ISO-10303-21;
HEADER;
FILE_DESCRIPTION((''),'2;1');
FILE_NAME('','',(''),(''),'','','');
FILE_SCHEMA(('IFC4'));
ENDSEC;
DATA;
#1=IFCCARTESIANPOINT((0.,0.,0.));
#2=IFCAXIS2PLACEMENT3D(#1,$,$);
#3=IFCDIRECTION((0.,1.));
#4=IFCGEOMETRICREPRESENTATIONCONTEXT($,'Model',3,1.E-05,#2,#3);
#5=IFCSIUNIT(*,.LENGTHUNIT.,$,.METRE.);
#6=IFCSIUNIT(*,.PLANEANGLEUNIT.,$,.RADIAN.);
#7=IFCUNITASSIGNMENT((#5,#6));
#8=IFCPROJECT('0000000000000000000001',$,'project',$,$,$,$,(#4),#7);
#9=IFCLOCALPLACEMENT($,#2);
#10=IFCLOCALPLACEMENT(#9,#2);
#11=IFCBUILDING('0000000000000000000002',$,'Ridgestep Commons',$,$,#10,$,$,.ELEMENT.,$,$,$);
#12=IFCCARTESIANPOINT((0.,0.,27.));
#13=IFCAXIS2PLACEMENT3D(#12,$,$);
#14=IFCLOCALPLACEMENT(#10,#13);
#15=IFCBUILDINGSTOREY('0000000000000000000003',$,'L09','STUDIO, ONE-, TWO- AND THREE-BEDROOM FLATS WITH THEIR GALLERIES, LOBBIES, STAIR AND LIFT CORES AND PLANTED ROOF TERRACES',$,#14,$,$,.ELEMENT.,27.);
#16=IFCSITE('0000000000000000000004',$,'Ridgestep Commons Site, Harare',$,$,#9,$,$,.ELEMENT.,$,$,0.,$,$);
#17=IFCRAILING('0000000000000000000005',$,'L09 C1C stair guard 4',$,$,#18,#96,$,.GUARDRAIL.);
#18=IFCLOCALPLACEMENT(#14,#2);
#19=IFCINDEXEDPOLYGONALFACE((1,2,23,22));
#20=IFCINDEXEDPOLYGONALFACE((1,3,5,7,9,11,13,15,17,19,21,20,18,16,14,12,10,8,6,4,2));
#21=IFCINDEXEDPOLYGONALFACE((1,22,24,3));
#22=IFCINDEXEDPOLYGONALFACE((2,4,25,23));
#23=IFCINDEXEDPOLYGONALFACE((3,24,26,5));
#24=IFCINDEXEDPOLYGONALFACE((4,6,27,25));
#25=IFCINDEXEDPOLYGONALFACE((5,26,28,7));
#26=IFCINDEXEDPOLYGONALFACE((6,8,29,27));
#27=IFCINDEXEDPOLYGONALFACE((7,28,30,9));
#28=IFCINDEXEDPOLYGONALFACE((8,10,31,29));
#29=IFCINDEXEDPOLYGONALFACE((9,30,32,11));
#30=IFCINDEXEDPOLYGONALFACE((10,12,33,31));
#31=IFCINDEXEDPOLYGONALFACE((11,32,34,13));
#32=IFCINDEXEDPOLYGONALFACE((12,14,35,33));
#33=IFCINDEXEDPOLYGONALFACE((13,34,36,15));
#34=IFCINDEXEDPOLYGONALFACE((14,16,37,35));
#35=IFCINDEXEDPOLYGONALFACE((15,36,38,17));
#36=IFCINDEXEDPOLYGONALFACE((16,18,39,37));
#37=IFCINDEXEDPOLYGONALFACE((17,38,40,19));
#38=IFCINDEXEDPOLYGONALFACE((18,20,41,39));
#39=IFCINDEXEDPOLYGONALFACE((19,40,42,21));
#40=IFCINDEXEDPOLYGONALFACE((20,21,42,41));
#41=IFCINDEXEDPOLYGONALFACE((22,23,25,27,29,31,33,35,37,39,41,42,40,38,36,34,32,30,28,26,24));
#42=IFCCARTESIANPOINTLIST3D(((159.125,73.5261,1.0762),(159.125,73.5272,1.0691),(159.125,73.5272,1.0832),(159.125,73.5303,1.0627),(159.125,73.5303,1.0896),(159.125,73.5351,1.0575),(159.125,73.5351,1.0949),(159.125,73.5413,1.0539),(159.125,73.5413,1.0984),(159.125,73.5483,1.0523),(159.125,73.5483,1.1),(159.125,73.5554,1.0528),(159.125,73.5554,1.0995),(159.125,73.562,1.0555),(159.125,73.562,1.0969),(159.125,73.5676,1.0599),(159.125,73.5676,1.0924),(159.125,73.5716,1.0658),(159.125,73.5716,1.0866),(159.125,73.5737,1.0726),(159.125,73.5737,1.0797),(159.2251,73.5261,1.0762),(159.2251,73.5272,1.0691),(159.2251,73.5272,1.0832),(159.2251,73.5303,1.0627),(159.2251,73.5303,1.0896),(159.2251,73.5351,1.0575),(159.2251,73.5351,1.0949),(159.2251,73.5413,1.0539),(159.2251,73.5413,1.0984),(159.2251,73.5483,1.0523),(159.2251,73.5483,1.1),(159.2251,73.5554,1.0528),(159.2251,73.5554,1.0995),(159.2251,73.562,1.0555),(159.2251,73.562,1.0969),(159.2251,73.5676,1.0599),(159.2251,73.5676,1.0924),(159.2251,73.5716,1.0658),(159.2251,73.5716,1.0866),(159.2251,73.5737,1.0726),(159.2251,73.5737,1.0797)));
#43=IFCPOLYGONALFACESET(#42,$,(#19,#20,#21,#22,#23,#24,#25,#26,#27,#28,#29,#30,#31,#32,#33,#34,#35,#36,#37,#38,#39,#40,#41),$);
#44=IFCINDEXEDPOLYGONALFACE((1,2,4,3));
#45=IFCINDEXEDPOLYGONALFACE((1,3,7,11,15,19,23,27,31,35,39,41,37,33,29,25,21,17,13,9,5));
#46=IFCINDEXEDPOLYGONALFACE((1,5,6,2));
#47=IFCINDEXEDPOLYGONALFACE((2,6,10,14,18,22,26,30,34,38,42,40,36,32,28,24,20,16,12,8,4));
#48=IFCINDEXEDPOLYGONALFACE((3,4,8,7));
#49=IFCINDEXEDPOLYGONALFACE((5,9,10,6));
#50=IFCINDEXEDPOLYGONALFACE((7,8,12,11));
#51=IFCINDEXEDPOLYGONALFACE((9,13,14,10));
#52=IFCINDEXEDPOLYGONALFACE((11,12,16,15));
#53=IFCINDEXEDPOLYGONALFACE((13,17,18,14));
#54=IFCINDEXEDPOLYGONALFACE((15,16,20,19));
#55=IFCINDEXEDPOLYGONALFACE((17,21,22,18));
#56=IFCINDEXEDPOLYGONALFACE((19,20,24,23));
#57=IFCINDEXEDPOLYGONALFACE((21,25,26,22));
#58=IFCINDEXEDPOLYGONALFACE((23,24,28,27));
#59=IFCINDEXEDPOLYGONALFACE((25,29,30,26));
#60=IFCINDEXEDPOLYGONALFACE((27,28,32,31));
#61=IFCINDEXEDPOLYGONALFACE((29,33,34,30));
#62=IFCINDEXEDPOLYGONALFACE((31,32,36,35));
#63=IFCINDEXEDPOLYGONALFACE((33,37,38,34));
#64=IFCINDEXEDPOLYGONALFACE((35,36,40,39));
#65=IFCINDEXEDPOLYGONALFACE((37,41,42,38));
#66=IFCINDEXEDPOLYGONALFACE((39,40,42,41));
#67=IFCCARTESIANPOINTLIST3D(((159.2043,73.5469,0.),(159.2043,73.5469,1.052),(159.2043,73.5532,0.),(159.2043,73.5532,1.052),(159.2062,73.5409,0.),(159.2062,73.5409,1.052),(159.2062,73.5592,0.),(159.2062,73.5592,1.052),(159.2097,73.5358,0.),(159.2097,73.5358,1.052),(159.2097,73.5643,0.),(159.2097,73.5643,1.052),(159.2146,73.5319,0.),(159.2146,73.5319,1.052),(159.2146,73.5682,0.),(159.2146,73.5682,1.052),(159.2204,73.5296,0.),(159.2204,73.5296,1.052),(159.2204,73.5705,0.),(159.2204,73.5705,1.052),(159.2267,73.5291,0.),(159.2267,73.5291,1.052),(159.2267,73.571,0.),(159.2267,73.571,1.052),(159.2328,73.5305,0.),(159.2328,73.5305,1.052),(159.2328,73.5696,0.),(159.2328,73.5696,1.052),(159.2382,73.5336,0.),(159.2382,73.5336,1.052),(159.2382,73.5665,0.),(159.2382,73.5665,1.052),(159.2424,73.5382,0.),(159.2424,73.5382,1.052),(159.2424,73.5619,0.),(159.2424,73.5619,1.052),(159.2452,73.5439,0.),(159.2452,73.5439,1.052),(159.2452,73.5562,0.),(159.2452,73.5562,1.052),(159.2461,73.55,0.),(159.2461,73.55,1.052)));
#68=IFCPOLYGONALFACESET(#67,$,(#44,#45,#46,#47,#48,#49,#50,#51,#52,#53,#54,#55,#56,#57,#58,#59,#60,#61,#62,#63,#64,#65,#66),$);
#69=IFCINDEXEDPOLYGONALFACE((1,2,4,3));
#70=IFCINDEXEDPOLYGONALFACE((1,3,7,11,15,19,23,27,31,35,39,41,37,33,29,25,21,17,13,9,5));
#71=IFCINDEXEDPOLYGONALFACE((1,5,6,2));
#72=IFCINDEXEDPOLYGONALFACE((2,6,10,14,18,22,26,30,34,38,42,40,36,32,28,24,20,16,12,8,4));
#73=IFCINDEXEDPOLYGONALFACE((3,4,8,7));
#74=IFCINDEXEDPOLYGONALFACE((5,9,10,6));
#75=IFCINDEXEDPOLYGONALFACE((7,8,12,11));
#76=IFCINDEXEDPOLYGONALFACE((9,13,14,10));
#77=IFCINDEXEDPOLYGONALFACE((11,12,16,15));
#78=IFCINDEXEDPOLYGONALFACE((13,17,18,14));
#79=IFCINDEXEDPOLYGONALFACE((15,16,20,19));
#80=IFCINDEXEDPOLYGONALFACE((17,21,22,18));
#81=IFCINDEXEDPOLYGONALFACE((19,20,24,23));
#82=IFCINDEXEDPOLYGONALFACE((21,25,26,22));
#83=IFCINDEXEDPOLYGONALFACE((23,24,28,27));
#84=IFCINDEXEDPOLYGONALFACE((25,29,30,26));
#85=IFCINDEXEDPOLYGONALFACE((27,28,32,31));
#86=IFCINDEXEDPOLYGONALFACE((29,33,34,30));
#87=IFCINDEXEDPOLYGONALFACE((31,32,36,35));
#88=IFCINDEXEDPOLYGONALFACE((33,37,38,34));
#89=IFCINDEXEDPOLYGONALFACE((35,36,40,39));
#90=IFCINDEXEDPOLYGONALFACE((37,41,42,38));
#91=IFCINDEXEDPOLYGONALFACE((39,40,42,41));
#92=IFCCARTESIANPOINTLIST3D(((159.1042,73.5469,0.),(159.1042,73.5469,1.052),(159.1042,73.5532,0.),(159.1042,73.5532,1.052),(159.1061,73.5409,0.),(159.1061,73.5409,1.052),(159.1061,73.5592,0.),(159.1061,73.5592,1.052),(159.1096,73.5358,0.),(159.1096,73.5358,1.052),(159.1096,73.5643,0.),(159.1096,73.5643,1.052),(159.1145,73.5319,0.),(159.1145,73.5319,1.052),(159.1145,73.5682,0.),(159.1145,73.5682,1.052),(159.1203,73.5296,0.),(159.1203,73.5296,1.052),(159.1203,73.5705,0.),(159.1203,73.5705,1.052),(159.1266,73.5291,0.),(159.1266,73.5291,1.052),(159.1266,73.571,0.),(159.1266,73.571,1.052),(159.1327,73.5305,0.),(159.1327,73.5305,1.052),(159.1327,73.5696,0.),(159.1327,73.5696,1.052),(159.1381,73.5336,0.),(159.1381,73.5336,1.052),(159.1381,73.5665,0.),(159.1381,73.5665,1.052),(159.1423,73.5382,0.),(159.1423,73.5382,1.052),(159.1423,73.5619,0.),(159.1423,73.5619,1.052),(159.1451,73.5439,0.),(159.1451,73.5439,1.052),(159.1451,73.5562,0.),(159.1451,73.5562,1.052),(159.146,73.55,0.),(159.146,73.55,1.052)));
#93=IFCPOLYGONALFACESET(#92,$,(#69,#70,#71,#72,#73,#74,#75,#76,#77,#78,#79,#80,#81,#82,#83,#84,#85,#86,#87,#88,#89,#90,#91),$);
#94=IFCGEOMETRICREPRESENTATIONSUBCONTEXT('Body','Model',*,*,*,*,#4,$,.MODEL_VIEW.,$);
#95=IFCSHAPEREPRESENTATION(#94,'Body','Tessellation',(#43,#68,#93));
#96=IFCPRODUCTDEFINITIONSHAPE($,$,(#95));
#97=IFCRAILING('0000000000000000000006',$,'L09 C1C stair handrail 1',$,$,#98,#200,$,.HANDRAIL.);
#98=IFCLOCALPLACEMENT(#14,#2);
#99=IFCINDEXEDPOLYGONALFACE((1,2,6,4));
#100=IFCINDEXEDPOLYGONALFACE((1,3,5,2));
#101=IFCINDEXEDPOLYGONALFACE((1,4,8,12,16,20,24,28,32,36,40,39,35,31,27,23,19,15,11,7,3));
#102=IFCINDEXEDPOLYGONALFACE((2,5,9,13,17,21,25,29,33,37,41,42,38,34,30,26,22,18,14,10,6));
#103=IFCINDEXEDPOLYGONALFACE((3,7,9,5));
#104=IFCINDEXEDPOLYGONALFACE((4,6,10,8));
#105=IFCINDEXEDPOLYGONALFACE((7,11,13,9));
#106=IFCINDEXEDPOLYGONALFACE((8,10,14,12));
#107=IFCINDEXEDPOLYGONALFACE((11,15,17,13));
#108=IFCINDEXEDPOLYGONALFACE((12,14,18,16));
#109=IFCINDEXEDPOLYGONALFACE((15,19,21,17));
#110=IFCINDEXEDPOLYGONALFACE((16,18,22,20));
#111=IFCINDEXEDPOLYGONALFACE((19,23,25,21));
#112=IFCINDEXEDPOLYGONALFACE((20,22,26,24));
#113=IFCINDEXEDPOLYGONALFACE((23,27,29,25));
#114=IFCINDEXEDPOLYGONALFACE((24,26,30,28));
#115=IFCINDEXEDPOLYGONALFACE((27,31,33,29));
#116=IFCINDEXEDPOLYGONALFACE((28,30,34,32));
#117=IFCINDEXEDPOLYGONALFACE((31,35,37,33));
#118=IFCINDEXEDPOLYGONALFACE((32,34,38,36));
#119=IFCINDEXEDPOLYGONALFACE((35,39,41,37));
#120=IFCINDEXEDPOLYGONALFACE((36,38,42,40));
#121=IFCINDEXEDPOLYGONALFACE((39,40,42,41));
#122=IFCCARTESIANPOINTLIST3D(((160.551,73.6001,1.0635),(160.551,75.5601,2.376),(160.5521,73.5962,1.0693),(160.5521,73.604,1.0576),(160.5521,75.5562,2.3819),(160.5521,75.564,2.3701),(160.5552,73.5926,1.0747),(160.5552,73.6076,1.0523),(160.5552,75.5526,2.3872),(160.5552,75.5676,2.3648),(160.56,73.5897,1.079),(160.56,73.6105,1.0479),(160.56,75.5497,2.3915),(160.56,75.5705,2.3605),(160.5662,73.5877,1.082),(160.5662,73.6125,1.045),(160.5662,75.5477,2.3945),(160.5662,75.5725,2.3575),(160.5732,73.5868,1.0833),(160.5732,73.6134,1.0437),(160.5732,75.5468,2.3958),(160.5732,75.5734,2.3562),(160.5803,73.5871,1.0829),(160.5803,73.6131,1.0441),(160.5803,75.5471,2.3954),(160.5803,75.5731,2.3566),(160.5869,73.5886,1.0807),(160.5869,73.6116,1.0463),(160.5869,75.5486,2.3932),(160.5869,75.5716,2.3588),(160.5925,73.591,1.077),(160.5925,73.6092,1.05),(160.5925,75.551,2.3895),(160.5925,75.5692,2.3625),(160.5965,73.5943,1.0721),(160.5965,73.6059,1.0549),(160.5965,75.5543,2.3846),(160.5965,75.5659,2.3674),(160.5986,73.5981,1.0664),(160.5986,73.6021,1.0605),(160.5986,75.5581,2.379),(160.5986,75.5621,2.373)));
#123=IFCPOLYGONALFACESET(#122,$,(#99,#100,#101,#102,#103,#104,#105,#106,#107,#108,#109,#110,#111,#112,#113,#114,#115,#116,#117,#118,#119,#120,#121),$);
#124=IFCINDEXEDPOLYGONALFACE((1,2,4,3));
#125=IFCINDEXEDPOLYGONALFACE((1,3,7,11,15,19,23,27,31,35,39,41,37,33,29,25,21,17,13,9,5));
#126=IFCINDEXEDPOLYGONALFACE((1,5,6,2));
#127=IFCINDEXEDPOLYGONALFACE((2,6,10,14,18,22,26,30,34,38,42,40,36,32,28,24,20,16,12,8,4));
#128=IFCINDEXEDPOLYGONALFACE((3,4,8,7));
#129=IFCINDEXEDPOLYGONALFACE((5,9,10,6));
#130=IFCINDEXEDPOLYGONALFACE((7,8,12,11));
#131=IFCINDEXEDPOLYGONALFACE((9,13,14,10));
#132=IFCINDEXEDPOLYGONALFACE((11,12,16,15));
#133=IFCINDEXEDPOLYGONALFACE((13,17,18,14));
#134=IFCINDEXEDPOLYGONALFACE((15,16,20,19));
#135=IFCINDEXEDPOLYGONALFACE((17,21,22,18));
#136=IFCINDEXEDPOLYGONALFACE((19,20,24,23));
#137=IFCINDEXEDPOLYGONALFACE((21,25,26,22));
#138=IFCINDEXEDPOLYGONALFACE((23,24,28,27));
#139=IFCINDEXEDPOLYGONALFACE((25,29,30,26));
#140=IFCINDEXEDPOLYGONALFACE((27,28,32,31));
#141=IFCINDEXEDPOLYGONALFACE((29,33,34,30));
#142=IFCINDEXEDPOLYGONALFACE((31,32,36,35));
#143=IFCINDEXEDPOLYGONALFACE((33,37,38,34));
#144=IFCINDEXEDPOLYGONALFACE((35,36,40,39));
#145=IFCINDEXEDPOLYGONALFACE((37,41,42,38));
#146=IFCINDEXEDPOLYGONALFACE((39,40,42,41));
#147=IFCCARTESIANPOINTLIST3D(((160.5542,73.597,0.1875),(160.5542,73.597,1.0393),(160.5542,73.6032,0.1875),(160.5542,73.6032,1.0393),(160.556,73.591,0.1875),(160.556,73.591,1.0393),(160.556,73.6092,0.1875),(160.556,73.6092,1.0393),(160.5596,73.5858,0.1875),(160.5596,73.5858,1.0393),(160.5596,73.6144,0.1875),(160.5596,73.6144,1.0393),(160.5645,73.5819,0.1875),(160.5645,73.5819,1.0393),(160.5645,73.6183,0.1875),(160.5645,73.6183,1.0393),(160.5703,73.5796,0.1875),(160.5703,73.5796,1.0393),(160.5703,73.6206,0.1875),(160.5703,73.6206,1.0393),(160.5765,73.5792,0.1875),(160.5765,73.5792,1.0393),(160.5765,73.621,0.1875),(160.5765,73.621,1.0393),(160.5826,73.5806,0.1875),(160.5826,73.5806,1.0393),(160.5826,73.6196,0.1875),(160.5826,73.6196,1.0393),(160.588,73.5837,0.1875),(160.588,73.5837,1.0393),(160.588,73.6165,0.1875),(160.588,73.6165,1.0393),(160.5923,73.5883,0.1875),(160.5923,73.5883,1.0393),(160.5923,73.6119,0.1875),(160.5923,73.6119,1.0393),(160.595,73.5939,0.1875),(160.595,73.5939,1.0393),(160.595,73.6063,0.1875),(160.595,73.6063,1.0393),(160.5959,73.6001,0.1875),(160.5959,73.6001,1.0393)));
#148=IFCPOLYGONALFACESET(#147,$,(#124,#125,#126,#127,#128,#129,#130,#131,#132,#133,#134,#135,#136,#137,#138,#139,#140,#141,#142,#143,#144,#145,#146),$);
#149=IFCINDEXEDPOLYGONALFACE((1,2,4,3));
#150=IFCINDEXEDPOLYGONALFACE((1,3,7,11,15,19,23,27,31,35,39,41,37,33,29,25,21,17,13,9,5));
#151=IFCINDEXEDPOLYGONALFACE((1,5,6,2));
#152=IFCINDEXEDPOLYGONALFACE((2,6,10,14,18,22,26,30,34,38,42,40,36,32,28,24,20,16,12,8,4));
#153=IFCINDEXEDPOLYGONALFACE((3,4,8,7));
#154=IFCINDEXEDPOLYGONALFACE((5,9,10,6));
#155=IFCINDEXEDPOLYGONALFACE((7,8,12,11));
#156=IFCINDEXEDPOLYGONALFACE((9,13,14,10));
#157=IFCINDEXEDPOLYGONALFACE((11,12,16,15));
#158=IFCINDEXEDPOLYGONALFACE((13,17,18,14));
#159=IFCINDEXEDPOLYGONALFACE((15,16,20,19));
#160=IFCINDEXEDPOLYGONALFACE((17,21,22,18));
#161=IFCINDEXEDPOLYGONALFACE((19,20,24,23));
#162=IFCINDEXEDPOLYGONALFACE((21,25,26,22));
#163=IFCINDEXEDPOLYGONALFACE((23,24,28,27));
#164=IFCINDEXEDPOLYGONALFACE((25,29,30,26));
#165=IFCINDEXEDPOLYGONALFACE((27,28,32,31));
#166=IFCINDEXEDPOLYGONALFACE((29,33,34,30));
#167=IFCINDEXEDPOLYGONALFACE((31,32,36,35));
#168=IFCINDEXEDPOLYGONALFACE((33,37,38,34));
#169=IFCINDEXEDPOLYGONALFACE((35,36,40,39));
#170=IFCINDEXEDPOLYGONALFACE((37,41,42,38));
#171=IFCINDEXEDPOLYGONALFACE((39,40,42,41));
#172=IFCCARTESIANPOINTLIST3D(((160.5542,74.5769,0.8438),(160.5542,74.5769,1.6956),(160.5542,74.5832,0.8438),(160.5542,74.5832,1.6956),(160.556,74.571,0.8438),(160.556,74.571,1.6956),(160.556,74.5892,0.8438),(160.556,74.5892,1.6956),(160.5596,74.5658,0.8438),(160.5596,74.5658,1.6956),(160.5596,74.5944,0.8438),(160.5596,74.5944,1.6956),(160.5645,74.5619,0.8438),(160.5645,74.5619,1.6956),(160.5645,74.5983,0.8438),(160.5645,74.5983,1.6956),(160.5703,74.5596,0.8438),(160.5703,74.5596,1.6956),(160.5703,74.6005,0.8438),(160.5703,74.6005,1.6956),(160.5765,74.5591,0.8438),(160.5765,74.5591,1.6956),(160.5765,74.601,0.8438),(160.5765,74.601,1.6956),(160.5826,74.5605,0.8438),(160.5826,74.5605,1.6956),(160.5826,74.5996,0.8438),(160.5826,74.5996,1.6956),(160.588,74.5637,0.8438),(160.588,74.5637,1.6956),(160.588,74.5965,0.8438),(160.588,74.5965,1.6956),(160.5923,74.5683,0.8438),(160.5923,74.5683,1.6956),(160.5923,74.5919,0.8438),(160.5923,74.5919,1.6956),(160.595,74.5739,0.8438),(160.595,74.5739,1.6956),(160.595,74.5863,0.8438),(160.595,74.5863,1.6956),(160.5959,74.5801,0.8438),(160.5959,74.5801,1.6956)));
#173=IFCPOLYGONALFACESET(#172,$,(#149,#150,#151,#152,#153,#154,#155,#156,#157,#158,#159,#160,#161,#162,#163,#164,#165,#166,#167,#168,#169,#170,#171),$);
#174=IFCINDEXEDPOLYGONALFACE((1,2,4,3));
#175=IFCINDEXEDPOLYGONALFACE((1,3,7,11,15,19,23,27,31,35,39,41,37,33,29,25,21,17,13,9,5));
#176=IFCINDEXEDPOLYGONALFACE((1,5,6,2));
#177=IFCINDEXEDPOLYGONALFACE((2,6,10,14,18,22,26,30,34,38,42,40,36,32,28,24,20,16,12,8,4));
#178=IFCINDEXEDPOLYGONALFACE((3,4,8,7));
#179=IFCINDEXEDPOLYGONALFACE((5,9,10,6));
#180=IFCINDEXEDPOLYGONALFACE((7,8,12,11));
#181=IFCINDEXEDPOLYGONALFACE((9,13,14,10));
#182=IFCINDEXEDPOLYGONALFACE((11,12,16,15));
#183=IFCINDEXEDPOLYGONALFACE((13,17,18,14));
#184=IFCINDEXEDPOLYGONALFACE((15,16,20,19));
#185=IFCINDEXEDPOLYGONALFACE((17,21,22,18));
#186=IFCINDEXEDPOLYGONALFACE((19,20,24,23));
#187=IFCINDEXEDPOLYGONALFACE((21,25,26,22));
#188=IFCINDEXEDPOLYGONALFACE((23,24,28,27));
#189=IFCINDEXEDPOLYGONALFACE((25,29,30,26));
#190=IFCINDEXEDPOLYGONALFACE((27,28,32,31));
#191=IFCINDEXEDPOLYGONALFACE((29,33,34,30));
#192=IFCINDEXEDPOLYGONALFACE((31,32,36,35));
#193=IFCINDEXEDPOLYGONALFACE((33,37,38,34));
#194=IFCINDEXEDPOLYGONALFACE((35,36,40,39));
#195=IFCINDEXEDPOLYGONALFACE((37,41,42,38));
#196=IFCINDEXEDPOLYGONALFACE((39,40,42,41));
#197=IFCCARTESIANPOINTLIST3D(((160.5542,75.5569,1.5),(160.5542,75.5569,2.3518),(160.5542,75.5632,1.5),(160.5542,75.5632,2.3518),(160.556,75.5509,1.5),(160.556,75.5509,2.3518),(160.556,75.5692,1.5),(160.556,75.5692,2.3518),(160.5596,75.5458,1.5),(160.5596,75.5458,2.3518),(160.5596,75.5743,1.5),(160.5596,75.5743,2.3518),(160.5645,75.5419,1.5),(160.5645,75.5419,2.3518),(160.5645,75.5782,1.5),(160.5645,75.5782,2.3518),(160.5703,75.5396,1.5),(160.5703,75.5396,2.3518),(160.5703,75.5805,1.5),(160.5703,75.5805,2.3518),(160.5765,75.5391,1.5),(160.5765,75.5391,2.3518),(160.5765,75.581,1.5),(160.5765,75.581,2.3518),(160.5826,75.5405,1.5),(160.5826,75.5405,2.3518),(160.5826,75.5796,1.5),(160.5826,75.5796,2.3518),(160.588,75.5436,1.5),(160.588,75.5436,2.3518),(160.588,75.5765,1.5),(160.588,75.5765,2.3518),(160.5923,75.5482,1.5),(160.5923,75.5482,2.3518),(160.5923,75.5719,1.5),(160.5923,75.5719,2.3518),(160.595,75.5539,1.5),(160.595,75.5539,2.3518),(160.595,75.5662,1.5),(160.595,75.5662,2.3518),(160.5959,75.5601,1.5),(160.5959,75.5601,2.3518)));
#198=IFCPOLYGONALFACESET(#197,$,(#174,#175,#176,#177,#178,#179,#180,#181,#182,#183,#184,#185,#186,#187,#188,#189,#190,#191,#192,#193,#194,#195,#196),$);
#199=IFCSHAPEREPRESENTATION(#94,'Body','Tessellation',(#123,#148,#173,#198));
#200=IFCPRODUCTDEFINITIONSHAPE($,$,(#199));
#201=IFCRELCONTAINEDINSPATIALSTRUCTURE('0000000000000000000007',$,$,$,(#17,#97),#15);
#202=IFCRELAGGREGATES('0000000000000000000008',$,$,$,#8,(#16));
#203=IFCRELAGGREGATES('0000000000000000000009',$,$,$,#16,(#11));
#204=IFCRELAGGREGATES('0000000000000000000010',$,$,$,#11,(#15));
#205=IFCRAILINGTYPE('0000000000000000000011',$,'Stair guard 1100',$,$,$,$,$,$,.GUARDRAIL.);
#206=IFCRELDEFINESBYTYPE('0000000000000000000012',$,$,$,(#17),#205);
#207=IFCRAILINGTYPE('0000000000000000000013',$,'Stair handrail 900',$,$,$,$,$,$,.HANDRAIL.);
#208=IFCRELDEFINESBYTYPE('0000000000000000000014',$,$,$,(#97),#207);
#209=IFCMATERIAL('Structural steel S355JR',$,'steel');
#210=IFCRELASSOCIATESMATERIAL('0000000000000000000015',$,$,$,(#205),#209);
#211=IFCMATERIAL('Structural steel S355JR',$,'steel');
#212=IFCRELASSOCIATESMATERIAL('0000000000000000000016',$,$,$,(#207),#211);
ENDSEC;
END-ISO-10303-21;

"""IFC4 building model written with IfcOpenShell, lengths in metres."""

from ifc_helpers import new_model, si_unit, direction, frame, origin, origin_2d, place, context, subcontext, project, spatial, circle, extrude, material, type_object, element, save


model = new_model("IFC4")

# Units and contexts
model_context = context("Model", 3, precision=1e-05, world=origin(), true_north=direction((0.0, 1.0)))
body_context = subcontext(model_context, "Body", "Model", "MODEL_VIEW")
ifc_project = project(units=[si_unit("LENGTHUNIT", "METRE"), si_unit("PLANEANGLEUNIT", "RADIAN")], contexts=[model_context])

# Site, building, storey
site_placement = place(None, origin())
site = spatial("IfcSite", under=ifc_project, at=site_placement, Name="Ridgestep Commons Site, Harare", CompositionType="ELEMENT", RefElevation=0.0)
building_placement = place(site_placement, origin())
building = spatial("IfcBuilding", under=site, at=building_placement, Name="Ridgestep Commons", CompositionType="ELEMENT")
storey_placement = place(building_placement, frame((0.0, 0.0, 27.0)))
storey = spatial("IfcBuildingStorey", under=building, at=storey_placement, Name="L09", Description="STUDIO, ONE-, TWO- AND THREE-BEDROOM FLATS WITH THEIR GALLERIES, LOBBIES, STAIR AND LIFT CORES AND PLANTED ROOF TERRACES", CompositionType="ELEMENT", Elevation=27.0)

# Railings
ifc_material_1 = material(Name="Structural steel S355JR", Category="steel")
railing_type_1 = type_object("IfcRailingType", Name="Stair guard 1100", PredefinedType="GUARDRAIL", material=ifc_material_1)
railing_1_placement = place(storey_placement, frame((159.2251, 73.55, 0.0)))
element("IfcRailing", 1, at=railing_1_placement, inside=storey, type_object=railing_type_1, Name="L09 C1C stair guard 4", PredefinedType="GUARDRAIL", context=body_context, shape_type="SweptSolid", body=[
    extrude(circle(Radius=0.0239, at=origin_2d()), frame((0.0, 0.0, 1.0762), z_axis=(-1.0, 0.0, 0.0), x_axis=(0.0, -1.0, 0.0)), (0.0, 0.0, 1.0), 0.1001),
    extrude(circle(Radius=0.021, at=origin_2d()), origin(), (0.0, 0.0, 1.0), 1.052),
    extrude(circle(Radius=0.021, at=origin_2d()), frame((-0.1001, 0.0, 0.0)), (0.0, 0.0, 1.0), 1.052),
])
ifc_material_2 = material(Name="Structural steel S355JR", Category="steel")
railing_type_2 = type_object("IfcRailingType", Name="Stair handrail 900", PredefinedType="HANDRAIL", material=ifc_material_2)
railing_2_placement = place(storey_placement, frame((160.575, 73.6001, 0.1875)))
element("IfcRailing", 2, at=railing_2_placement, inside=storey, type_object=railing_type_2, Name="L09 C1C stair handrail 1", PredefinedType="HANDRAIL", context=body_context, shape_type="SweptSolid", body=[
    extrude(circle(Radius=0.0239, at=origin_2d()), frame((0.0, 0.0, 0.876), z_axis=(0.0, 0.830902, 0.556419), x_axis=(-1.0, 0.0, 0.0)), (0.0, 0.0, 1.0), 2.3589),
    extrude(circle(Radius=0.021, at=origin_2d()), origin(), (0.0, 0.0, 1.0), 0.8518),
    extrude(circle(Radius=0.021, at=origin_2d()), frame((0.0, 0.98, 0.6562)), (0.0, 0.0, 1.0), 0.8518),
    extrude(circle(Radius=0.021, at=origin_2d()), frame((0.0, 1.96, 1.3125)), (0.0, 0.0, 1.0), 0.8518),
])

save(model, "model.ifc")
